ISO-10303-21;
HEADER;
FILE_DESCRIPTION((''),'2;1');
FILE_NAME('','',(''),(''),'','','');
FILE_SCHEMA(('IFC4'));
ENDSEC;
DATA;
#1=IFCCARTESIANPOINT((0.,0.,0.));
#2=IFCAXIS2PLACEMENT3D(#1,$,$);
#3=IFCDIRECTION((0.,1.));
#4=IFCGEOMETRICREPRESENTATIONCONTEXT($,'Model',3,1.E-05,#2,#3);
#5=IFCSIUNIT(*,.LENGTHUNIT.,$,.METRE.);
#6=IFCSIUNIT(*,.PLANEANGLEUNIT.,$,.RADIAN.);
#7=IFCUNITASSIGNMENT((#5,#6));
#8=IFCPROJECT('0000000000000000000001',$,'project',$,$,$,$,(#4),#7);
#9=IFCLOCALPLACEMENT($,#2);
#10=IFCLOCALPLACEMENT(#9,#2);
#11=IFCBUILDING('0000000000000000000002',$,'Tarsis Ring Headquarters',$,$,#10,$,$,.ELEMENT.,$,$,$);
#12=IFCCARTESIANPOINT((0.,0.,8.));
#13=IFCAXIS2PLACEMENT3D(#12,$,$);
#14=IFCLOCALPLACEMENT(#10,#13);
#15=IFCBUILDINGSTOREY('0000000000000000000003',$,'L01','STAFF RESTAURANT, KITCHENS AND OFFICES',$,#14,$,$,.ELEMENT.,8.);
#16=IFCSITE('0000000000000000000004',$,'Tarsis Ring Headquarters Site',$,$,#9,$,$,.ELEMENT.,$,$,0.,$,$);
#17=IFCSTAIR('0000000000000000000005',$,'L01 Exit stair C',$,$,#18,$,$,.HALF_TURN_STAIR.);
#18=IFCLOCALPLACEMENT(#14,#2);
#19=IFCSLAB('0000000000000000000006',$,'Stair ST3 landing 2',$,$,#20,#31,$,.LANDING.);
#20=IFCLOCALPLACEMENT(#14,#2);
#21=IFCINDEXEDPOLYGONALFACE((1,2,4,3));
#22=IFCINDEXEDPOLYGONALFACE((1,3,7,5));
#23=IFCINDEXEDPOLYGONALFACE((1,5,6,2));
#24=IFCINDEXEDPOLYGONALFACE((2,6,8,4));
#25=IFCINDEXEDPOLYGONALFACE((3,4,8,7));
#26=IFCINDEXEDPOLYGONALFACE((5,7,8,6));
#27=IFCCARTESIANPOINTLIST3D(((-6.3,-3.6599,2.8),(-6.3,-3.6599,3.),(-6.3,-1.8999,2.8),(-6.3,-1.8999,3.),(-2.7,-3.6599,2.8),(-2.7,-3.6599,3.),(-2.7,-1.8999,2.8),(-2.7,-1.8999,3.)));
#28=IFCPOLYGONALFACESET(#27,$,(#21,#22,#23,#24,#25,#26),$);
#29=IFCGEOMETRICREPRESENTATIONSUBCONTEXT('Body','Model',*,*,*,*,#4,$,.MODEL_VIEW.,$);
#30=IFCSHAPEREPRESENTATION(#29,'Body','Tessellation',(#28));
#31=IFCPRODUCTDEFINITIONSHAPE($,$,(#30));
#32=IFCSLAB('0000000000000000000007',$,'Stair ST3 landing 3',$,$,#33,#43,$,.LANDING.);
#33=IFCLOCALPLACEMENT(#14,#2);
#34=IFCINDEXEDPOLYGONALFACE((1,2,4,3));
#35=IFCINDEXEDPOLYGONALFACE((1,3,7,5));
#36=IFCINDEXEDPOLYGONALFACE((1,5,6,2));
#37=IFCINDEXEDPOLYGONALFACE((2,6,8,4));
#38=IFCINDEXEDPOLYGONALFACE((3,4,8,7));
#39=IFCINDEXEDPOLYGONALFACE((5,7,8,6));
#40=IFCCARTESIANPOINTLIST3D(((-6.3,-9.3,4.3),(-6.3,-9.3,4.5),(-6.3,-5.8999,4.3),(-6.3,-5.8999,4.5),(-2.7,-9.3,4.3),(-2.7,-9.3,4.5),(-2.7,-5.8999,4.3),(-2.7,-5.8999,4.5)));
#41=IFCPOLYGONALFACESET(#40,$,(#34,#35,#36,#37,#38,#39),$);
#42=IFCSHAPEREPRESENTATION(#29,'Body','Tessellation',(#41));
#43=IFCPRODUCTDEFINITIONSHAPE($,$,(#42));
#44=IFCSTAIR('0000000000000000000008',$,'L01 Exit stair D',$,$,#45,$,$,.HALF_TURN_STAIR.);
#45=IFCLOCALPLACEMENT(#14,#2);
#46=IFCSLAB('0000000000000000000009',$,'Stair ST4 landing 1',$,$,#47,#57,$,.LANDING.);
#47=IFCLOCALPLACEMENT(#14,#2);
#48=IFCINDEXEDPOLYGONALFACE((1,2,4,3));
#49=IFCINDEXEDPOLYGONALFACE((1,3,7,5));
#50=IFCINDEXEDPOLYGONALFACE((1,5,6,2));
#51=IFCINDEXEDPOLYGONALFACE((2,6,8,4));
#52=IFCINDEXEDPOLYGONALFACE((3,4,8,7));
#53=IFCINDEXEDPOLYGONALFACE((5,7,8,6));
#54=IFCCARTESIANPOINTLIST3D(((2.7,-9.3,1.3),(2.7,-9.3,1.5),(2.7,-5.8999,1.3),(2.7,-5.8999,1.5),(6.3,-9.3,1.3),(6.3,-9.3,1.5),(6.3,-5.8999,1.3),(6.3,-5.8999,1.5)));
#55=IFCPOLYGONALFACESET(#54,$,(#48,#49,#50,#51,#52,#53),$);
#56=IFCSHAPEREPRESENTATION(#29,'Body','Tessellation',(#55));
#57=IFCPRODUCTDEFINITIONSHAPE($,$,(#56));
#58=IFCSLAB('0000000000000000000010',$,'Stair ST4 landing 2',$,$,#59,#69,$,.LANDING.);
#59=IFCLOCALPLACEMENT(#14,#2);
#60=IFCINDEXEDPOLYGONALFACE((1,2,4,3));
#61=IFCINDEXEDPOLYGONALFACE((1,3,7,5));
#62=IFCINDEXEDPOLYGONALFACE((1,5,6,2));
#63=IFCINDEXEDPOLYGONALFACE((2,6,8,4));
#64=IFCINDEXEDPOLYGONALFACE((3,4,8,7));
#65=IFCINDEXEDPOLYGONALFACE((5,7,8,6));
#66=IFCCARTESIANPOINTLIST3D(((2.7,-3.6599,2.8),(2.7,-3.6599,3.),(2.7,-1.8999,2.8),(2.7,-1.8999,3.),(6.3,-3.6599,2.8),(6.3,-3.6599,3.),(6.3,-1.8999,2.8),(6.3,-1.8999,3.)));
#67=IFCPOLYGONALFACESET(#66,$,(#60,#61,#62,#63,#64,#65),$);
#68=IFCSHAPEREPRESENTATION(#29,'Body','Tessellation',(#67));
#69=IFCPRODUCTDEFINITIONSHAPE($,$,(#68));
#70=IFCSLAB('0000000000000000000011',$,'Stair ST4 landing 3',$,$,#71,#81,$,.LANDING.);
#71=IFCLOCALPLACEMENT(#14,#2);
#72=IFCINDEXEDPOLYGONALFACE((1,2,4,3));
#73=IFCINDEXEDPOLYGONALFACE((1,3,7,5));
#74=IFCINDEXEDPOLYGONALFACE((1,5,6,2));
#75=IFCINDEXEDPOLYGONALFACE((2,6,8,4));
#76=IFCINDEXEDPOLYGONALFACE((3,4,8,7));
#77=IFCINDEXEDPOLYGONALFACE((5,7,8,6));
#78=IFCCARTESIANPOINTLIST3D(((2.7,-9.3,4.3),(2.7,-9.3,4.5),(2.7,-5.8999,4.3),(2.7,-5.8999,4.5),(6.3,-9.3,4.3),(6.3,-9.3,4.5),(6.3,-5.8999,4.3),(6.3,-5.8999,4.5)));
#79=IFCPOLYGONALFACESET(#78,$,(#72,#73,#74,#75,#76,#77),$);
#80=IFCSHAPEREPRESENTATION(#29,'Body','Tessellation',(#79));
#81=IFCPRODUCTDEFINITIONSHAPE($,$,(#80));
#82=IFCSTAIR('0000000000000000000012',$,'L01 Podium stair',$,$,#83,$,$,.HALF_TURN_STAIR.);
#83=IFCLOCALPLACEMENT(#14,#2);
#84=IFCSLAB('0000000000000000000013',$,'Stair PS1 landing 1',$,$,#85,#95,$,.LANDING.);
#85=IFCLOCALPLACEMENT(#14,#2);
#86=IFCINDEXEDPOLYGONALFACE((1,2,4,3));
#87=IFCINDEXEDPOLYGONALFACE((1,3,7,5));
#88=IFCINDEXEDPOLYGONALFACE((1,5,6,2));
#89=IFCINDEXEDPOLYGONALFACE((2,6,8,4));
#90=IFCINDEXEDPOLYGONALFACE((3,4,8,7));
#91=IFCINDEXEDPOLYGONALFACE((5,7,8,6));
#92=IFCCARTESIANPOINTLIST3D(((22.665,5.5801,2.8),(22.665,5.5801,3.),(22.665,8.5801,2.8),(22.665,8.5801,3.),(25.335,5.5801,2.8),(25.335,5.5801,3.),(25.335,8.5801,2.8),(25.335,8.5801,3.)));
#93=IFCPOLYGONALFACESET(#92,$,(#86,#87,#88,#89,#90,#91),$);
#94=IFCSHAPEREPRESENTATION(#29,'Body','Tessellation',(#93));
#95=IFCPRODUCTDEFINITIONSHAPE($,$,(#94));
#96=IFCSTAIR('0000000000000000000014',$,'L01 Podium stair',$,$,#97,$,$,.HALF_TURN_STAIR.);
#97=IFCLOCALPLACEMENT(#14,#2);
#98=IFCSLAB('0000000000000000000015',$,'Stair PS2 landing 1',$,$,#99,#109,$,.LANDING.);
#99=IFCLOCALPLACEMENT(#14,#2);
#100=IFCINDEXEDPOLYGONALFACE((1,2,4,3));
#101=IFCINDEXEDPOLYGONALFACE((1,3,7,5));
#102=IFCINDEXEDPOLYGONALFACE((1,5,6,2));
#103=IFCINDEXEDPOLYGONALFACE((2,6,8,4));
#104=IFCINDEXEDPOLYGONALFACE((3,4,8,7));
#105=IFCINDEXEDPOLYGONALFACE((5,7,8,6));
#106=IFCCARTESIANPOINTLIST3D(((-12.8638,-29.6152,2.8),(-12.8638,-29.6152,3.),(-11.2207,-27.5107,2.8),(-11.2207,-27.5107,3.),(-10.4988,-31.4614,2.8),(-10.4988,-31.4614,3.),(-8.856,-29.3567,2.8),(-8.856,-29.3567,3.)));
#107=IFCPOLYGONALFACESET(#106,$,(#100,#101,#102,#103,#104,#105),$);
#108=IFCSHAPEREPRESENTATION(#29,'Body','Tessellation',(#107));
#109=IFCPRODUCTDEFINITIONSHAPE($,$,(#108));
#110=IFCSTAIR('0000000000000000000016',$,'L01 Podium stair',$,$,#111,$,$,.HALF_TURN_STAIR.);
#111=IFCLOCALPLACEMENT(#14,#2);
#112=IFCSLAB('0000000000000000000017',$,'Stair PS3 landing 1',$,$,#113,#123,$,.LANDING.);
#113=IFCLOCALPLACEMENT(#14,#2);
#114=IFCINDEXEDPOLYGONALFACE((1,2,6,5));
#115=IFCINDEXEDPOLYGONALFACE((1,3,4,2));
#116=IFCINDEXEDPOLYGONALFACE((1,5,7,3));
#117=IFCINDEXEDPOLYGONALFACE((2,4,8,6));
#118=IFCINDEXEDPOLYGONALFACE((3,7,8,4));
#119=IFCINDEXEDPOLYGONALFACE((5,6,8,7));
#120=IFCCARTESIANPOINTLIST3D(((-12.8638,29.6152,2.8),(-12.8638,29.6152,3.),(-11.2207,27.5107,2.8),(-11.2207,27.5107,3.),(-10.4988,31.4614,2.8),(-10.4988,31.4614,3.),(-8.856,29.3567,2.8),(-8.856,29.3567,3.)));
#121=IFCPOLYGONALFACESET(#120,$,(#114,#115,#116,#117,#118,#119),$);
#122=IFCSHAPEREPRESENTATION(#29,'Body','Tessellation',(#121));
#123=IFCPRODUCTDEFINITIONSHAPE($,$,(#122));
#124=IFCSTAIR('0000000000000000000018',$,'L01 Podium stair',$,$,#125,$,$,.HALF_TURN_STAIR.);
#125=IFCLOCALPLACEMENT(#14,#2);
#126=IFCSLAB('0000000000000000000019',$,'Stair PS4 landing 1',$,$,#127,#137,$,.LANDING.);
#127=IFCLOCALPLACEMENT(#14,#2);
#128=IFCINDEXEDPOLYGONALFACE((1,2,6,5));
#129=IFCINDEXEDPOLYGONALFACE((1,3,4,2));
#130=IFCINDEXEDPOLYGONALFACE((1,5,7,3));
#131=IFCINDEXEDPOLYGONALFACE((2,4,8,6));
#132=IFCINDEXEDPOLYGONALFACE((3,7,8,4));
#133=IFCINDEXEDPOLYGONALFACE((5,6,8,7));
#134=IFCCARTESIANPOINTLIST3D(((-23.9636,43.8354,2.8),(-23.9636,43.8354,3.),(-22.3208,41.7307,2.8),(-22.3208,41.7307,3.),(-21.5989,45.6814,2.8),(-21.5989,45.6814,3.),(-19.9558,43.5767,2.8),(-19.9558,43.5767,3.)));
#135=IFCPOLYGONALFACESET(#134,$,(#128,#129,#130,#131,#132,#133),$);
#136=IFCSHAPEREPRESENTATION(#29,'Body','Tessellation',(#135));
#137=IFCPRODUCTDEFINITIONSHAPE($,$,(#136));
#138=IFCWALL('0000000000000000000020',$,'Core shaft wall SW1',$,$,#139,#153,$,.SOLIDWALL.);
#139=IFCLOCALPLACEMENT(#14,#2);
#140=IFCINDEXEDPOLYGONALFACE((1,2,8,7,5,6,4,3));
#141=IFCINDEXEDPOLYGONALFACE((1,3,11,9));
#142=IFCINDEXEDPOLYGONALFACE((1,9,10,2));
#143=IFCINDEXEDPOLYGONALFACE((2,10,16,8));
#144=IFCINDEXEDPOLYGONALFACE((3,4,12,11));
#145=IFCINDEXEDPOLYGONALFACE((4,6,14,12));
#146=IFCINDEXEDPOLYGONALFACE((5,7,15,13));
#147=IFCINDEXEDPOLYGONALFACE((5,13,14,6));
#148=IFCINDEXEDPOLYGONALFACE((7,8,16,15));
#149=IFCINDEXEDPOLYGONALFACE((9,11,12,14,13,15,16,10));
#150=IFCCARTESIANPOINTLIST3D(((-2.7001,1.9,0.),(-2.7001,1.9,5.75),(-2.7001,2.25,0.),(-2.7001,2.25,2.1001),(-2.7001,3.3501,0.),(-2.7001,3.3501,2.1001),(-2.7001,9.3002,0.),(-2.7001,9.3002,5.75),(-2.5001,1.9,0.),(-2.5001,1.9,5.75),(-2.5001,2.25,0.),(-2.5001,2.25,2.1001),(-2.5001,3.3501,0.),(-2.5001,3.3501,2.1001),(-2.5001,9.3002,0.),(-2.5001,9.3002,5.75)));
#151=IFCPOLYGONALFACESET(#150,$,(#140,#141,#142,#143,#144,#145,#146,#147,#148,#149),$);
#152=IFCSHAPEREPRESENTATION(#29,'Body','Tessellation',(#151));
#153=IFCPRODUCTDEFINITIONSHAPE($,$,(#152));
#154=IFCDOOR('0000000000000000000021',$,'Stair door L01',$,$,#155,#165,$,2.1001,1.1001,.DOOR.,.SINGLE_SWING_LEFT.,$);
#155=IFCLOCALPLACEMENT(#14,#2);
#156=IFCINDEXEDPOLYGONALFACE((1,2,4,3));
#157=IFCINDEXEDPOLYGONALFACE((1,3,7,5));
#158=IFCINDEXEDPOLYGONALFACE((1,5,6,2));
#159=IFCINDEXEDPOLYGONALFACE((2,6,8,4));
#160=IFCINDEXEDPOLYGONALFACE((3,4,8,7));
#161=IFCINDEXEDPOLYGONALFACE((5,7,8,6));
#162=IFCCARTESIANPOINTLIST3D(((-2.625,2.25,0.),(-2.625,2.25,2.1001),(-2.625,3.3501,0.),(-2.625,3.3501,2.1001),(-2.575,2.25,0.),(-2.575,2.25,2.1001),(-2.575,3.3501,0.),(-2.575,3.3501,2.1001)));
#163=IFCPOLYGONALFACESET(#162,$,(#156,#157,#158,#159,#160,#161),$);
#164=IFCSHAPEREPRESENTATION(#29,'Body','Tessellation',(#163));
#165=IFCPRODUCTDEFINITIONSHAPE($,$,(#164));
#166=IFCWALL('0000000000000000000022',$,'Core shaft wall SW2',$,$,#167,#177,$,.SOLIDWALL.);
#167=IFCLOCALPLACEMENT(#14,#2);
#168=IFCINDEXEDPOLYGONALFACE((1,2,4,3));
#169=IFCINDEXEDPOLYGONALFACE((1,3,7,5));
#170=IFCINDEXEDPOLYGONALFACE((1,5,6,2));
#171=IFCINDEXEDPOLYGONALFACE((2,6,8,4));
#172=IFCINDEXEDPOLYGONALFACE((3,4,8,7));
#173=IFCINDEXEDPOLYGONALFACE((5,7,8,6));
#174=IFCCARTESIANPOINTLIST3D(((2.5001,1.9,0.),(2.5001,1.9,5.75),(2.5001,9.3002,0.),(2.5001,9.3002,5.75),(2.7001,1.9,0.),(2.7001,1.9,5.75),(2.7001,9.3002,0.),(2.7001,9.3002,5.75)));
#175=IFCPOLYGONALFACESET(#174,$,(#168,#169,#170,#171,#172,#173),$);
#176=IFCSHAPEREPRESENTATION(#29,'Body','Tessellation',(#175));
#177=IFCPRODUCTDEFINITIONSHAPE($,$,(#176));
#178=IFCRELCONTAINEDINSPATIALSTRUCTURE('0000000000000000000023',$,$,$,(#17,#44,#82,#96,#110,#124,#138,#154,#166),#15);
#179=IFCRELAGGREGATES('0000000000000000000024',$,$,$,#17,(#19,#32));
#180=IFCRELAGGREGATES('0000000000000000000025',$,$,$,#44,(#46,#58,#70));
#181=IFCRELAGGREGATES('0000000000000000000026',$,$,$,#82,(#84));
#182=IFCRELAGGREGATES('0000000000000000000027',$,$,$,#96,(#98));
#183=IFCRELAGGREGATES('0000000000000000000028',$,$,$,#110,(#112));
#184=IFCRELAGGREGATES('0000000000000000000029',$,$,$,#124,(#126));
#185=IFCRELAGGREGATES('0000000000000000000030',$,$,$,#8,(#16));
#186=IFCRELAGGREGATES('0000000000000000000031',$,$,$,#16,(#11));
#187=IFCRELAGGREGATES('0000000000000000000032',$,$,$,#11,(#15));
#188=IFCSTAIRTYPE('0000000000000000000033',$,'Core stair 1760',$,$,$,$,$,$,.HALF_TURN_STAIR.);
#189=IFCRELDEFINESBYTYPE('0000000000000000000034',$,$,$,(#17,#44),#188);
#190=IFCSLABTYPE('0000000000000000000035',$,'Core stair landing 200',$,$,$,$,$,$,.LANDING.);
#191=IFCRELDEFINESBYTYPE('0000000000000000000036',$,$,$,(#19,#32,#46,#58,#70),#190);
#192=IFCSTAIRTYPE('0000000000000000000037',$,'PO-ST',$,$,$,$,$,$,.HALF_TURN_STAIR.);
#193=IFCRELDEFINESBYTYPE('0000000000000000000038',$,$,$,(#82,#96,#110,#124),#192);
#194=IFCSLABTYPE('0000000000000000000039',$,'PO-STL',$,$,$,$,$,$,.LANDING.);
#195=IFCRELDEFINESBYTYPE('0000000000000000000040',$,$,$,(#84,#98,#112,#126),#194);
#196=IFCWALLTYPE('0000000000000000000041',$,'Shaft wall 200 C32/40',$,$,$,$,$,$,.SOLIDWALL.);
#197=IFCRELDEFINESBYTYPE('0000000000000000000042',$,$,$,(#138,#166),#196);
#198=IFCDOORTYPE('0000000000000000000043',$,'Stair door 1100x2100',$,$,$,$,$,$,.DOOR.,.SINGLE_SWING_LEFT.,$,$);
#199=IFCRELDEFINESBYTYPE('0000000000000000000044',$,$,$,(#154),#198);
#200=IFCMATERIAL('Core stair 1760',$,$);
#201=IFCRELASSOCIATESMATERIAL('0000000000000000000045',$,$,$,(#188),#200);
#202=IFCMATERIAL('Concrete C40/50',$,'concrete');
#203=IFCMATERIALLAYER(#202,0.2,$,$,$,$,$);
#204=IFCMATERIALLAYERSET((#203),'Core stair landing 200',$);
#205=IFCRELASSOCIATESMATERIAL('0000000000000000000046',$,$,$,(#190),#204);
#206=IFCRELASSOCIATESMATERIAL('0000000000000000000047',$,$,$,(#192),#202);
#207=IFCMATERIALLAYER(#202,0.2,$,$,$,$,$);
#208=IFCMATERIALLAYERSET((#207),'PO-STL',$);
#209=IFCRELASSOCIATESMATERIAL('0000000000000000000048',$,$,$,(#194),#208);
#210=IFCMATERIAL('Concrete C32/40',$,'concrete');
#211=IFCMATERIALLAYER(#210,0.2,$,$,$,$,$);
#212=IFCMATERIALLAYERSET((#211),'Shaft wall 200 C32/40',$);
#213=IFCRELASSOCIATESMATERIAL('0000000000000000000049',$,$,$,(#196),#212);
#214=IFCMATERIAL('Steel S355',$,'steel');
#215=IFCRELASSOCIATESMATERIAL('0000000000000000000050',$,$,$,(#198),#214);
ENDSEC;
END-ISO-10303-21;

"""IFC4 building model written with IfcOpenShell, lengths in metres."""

from ifc_helpers import new_model, si_unit, direction, frame, frame_2d, origin, place, context, subcontext, project, spatial, polyline, rectangle, outline, extrude, material, layer, layer_set, type_object, element, fill, aggregate, save


model = new_model("IFC4")

# Units and contexts
model_context = context("Model", 3, precision=1e-05, world=origin(), true_north=direction((0.0, 1.0)))
body_context = subcontext(model_context, "Body", "Model", "MODEL_VIEW")
ifc_project = project(units=[si_unit("LENGTHUNIT", "METRE"), si_unit("PLANEANGLEUNIT", "RADIAN")], contexts=[model_context])

# Site, building, storey
site_placement = place(None, origin())
site = spatial("IfcSite", under=ifc_project, at=site_placement, Name="Tarsis Ring Headquarters Site", CompositionType="ELEMENT", RefElevation=0.0)
building_placement = place(site_placement, origin())
building = spatial("IfcBuilding", under=site, at=building_placement, Name="Tarsis Ring Headquarters", CompositionType="ELEMENT")
storey_placement = place(building_placement, frame((0.0, 0.0, 8.0)))
storey = spatial("IfcBuildingStorey", under=building, at=storey_placement, Name="L01", Description="STAFF RESTAURANT, KITCHENS AND OFFICES", CompositionType="ELEMENT", Elevation=8.0)

# Shared definitions
ifc_material_1 = material(Name="Concrete C40/50", Category="concrete")

# Stairs, slabs
ifc_material_2 = material(Name="Core stair 1760")
stair_type_1 = type_object("IfcStairType", Name="Core stair 1760", PredefinedType="HALF_TURN_STAIR", material=ifc_material_2)
ifc_layer_1 = layer(ifc_material_1, 0.2)
ifc_layer_set_1 = layer_set([ifc_layer_1], Name="Core stair landing 200")
slab_type_1 = type_object("IfcSlabType", Name="Core stair landing 200", PredefinedType="LANDING", material=ifc_layer_set_1)
stair_1_placement = place(storey_placement, origin())
stair_1 = element("IfcStair", 1, at=stair_1_placement, inside=storey, type_object=stair_type_1, Name="L01 Exit stair C", PredefinedType="HALF_TURN_STAIR")
slab_1_placement = place(storey_placement, frame((0.0, 0.0, 2.8)))
slab_1 = element("IfcSlab", 2, at=slab_1_placement, type_object=slab_type_1, Name="Stair ST3 landing 2", PredefinedType="LANDING", context=body_context, shape_type="SweptSolid", body=[
    extrude(outline(polyline([(-6.3, -1.8999), (-6.3, -3.6599), (-2.7, -3.6599), (-2.7, -1.8999), (-6.3, -1.8999)])), origin(), (0.0, 0.0, 1.0), 0.2),
])
slab_2_placement = place(storey_placement, frame((0.0, 0.0, 4.3)))
slab_2 = element("IfcSlab", 3, at=slab_2_placement, type_object=slab_type_1, Name="Stair ST3 landing 3", PredefinedType="LANDING", context=body_context, shape_type="SweptSolid", body=[
    extrude(outline(polyline([(-6.3, -5.8999), (-6.3, -9.3), (-2.7, -9.3), (-2.7, -5.8999), (-6.3, -5.8999)])), origin(), (0.0, 0.0, 1.0), 0.2),
])
aggregate(stair_1, [slab_1, slab_2])
stair_2_placement = place(storey_placement, origin())
stair_2 = element("IfcStair", 4, at=stair_2_placement, inside=storey, type_object=stair_type_1, Name="L01 Exit stair D", PredefinedType="HALF_TURN_STAIR")
slab_3_placement = place(storey_placement, frame((0.0, 0.0, 1.3)))
slab_3 = element("IfcSlab", 5, at=slab_3_placement, type_object=slab_type_1, Name="Stair ST4 landing 1", PredefinedType="LANDING", context=body_context, shape_type="SweptSolid", body=[
    extrude(outline(polyline([(2.7, -5.8999), (2.7, -9.3), (6.3, -9.3), (6.3, -5.8999), (2.7, -5.8999)])), origin(), (0.0, 0.0, 1.0), 0.2),
])
slab_4_placement = place(storey_placement, frame((0.0, 0.0, 2.8)))
slab_4 = element("IfcSlab", 6, at=slab_4_placement, type_object=slab_type_1, Name="Stair ST4 landing 2", PredefinedType="LANDING", context=body_context, shape_type="SweptSolid", body=[
    extrude(outline(polyline([(2.7, -1.8999), (2.7, -3.6599), (6.3, -3.6599), (6.3, -1.8999), (2.7, -1.8999)])), origin(), (0.0, 0.0, 1.0), 0.2),
])
slab_5_placement = place(storey_placement, frame((0.0, 0.0, 4.3)))
slab_5 = element("IfcSlab", 7, at=slab_5_placement, type_object=slab_type_1, Name="Stair ST4 landing 3", PredefinedType="LANDING", context=body_context, shape_type="SweptSolid", body=[
    extrude(outline(polyline([(2.7, -5.8999), (2.7, -9.3), (6.3, -9.3), (6.3, -5.8999), (2.7, -5.8999)])), origin(), (0.0, 0.0, 1.0), 0.2),
])
aggregate(stair_2, [slab_3, slab_4, slab_5])

# Stairs, slabs
stair_type_2 = type_object("IfcStairType", Name="PO-ST", PredefinedType="HALF_TURN_STAIR", material=ifc_material_1)
stair_3_placement = place(storey_placement, origin())
stair_3 = element("IfcStair", 8, at=stair_3_placement, inside=storey, type_object=stair_type_2, Name="L01 Podium stair", PredefinedType="HALF_TURN_STAIR")
ifc_layer_2 = layer(ifc_material_1, 0.2)
ifc_layer_set_2 = layer_set([ifc_layer_2], Name="PO-STL")
slab_type_2 = type_object("IfcSlabType", Name="PO-STL", PredefinedType="LANDING", material=ifc_layer_set_2)
slab_6_placement = place(storey_placement, frame((0.0, 0.0, 2.8)))
slab_6 = element("IfcSlab", 9, at=slab_6_placement, type_object=slab_type_2, Name="Stair PS1 landing 1", PredefinedType="LANDING", context=body_context, shape_type="SweptSolid", body=[
    extrude(outline(polyline([(25.335, 5.5801), (25.335, 8.5801), (22.665, 8.5801), (22.665, 5.5801), (25.335, 5.5801)])), origin(), (0.0, 0.0, 1.0), 0.2),
])
aggregate(stair_3, [slab_6])
stair_4_placement = place(storey_placement, origin())
stair_4 = element("IfcStair", 10, at=stair_4_placement, inside=storey, type_object=stair_type_2, Name="L01 Podium stair", PredefinedType="HALF_TURN_STAIR")
slab_7_placement = place(storey_placement, frame((0.0, 0.0, 2.8)))
slab_7 = element("IfcSlab", 11, at=slab_7_placement, type_object=slab_type_2, Name="Stair PS2 landing 1", PredefinedType="LANDING", context=body_context, shape_type="SweptSolid", body=[
    extrude(outline(polyline([(-8.856, -29.3567), (-11.2207, -27.5107), (-12.8638, -29.6152), (-10.4988, -31.4614), (-8.856, -29.3567)])), origin(), (0.0, 0.0, 1.0), 0.2),
])
aggregate(stair_4, [slab_7])
stair_5_placement = place(storey_placement, origin())
stair_5 = element("IfcStair", 12, at=stair_5_placement, inside=storey, type_object=stair_type_2, Name="L01 Podium stair", PredefinedType="HALF_TURN_STAIR")
slab_8_placement = place(storey_placement, frame((0.0, 0.0, 2.8)))
slab_8 = element("IfcSlab", 13, at=slab_8_placement, type_object=slab_type_2, Name="Stair PS3 landing 1", PredefinedType="LANDING", context=body_context, shape_type="SweptSolid", body=[
    extrude(outline(polyline([(-10.4988, 31.4614), (-12.8638, 29.6152), (-11.2207, 27.5107), (-8.856, 29.3567), (-10.4988, 31.4614)])), origin(), (0.0, 0.0, 1.0), 0.2),
])
aggregate(stair_5, [slab_8])
stair_6_placement = place(storey_placement, origin())
stair_6 = element("IfcStair", 14, at=stair_6_placement, inside=storey, type_object=stair_type_2, Name="L01 Podium stair", PredefinedType="HALF_TURN_STAIR")
slab_9_placement = place(storey_placement, frame((0.0, 0.0, 2.8)))
slab_9 = element("IfcSlab", 15, at=slab_9_placement, type_object=slab_type_2, Name="Stair PS4 landing 1", PredefinedType="LANDING", context=body_context, shape_type="SweptSolid", body=[
    extrude(outline(polyline([(-21.5989, 45.6814), (-23.9636, 43.8354), (-22.3208, 41.7307), (-19.9558, 43.5767), (-21.5989, 45.6814)])), origin(), (0.0, 0.0, 1.0), 0.2),
])
aggregate(stair_6, [slab_9])

# Wall, opening, door
ifc_material_3 = material(Name="Concrete C32/40", Category="concrete")
ifc_layer_3 = layer(ifc_material_3, 0.2)
ifc_layer_set_3 = layer_set([ifc_layer_3], Name="Shaft wall 200 C32/40")
wall_type = type_object("IfcWallType", Name="Shaft wall 200 C32/40", PredefinedType="SOLIDWALL", material=ifc_layer_set_3)
wall_1_placement = place(storey_placement, frame((-2.6001, 1.8999, 0.0), z_axis=(0.0, 0.0, 1.0), x_axis=(0.0, 1.0, 0.0)))
wall_1 = element("IfcWall", 16, at=wall_1_placement, inside=storey, type_object=wall_type, Name="Core shaft wall SW1", PredefinedType="SOLIDWALL", context=body_context, shape_type="SweptSolid", body=[
    extrude(rectangle(XDim=7.4001, YDim=0.2, at=frame_2d((3.7002, 0.0))), origin(), (0.0, 0.0, 1.0), 5.75),
])
opening_placement = place(wall_1_placement, frame((0.3501, 0.0, 0.0)))
opening = element("IfcOpeningElement", 17, at=opening_placement, cuts=wall_1, PredefinedType="OPENING", context=body_context, shape_type="SweptSolid", body=[
    extrude(rectangle(XDim=1.1001, YDim=2.1001, at=frame_2d((0.55, 1.05))), frame((0.0, 0.1099, 0.0), z_axis=(0.0, -1.0, 0.0), x_axis=(1.0, 0.0, 0.0)), (0.0, 0.0, 1.0), 0.22),
])
ifc_material_4 = material(Name="Steel S355", Category="steel")
door_type = type_object("IfcDoorType", Name="Stair door 1100x2100", OperationType="SINGLE_SWING_LEFT", PredefinedType="DOOR", material=ifc_material_4)
door_placement = place(opening_placement, origin())
door = element("IfcDoor", 18, at=door_placement, inside=storey, type_object=door_type, Name="Stair door L01", OperationType="SINGLE_SWING_LEFT", OverallHeight=2.1001, OverallWidth=1.1001, PredefinedType="DOOR", context=body_context, shape_type="SweptSolid", body=[
    extrude(rectangle(XDim=1.1001, YDim=2.1001, at=frame_2d((0.55, 1.05))), frame((0.0, 0.0249, 0.0), z_axis=(0.0, -1.0, 0.0), x_axis=(1.0, 0.0, 0.0)), (0.0, 0.0, 1.0), 0.05),
])
fill(opening, door)

# Wall
wall_2_placement = place(storey_placement, frame((2.6001, 1.8999, 0.0), z_axis=(0.0, 0.0, 1.0), x_axis=(0.0, 1.0, 0.0)))
element("IfcWall", 19, at=wall_2_placement, inside=storey, type_object=wall_type, Name="Core shaft wall SW2", PredefinedType="SOLIDWALL", context=body_context, shape_type="SweptSolid", body=[
    extrude(rectangle(XDim=7.4001, YDim=0.2, at=frame_2d((3.7002, 0.0))), origin(), (0.0, 0.0, 1.0), 5.75),
])

save(model, "model.ifc")
